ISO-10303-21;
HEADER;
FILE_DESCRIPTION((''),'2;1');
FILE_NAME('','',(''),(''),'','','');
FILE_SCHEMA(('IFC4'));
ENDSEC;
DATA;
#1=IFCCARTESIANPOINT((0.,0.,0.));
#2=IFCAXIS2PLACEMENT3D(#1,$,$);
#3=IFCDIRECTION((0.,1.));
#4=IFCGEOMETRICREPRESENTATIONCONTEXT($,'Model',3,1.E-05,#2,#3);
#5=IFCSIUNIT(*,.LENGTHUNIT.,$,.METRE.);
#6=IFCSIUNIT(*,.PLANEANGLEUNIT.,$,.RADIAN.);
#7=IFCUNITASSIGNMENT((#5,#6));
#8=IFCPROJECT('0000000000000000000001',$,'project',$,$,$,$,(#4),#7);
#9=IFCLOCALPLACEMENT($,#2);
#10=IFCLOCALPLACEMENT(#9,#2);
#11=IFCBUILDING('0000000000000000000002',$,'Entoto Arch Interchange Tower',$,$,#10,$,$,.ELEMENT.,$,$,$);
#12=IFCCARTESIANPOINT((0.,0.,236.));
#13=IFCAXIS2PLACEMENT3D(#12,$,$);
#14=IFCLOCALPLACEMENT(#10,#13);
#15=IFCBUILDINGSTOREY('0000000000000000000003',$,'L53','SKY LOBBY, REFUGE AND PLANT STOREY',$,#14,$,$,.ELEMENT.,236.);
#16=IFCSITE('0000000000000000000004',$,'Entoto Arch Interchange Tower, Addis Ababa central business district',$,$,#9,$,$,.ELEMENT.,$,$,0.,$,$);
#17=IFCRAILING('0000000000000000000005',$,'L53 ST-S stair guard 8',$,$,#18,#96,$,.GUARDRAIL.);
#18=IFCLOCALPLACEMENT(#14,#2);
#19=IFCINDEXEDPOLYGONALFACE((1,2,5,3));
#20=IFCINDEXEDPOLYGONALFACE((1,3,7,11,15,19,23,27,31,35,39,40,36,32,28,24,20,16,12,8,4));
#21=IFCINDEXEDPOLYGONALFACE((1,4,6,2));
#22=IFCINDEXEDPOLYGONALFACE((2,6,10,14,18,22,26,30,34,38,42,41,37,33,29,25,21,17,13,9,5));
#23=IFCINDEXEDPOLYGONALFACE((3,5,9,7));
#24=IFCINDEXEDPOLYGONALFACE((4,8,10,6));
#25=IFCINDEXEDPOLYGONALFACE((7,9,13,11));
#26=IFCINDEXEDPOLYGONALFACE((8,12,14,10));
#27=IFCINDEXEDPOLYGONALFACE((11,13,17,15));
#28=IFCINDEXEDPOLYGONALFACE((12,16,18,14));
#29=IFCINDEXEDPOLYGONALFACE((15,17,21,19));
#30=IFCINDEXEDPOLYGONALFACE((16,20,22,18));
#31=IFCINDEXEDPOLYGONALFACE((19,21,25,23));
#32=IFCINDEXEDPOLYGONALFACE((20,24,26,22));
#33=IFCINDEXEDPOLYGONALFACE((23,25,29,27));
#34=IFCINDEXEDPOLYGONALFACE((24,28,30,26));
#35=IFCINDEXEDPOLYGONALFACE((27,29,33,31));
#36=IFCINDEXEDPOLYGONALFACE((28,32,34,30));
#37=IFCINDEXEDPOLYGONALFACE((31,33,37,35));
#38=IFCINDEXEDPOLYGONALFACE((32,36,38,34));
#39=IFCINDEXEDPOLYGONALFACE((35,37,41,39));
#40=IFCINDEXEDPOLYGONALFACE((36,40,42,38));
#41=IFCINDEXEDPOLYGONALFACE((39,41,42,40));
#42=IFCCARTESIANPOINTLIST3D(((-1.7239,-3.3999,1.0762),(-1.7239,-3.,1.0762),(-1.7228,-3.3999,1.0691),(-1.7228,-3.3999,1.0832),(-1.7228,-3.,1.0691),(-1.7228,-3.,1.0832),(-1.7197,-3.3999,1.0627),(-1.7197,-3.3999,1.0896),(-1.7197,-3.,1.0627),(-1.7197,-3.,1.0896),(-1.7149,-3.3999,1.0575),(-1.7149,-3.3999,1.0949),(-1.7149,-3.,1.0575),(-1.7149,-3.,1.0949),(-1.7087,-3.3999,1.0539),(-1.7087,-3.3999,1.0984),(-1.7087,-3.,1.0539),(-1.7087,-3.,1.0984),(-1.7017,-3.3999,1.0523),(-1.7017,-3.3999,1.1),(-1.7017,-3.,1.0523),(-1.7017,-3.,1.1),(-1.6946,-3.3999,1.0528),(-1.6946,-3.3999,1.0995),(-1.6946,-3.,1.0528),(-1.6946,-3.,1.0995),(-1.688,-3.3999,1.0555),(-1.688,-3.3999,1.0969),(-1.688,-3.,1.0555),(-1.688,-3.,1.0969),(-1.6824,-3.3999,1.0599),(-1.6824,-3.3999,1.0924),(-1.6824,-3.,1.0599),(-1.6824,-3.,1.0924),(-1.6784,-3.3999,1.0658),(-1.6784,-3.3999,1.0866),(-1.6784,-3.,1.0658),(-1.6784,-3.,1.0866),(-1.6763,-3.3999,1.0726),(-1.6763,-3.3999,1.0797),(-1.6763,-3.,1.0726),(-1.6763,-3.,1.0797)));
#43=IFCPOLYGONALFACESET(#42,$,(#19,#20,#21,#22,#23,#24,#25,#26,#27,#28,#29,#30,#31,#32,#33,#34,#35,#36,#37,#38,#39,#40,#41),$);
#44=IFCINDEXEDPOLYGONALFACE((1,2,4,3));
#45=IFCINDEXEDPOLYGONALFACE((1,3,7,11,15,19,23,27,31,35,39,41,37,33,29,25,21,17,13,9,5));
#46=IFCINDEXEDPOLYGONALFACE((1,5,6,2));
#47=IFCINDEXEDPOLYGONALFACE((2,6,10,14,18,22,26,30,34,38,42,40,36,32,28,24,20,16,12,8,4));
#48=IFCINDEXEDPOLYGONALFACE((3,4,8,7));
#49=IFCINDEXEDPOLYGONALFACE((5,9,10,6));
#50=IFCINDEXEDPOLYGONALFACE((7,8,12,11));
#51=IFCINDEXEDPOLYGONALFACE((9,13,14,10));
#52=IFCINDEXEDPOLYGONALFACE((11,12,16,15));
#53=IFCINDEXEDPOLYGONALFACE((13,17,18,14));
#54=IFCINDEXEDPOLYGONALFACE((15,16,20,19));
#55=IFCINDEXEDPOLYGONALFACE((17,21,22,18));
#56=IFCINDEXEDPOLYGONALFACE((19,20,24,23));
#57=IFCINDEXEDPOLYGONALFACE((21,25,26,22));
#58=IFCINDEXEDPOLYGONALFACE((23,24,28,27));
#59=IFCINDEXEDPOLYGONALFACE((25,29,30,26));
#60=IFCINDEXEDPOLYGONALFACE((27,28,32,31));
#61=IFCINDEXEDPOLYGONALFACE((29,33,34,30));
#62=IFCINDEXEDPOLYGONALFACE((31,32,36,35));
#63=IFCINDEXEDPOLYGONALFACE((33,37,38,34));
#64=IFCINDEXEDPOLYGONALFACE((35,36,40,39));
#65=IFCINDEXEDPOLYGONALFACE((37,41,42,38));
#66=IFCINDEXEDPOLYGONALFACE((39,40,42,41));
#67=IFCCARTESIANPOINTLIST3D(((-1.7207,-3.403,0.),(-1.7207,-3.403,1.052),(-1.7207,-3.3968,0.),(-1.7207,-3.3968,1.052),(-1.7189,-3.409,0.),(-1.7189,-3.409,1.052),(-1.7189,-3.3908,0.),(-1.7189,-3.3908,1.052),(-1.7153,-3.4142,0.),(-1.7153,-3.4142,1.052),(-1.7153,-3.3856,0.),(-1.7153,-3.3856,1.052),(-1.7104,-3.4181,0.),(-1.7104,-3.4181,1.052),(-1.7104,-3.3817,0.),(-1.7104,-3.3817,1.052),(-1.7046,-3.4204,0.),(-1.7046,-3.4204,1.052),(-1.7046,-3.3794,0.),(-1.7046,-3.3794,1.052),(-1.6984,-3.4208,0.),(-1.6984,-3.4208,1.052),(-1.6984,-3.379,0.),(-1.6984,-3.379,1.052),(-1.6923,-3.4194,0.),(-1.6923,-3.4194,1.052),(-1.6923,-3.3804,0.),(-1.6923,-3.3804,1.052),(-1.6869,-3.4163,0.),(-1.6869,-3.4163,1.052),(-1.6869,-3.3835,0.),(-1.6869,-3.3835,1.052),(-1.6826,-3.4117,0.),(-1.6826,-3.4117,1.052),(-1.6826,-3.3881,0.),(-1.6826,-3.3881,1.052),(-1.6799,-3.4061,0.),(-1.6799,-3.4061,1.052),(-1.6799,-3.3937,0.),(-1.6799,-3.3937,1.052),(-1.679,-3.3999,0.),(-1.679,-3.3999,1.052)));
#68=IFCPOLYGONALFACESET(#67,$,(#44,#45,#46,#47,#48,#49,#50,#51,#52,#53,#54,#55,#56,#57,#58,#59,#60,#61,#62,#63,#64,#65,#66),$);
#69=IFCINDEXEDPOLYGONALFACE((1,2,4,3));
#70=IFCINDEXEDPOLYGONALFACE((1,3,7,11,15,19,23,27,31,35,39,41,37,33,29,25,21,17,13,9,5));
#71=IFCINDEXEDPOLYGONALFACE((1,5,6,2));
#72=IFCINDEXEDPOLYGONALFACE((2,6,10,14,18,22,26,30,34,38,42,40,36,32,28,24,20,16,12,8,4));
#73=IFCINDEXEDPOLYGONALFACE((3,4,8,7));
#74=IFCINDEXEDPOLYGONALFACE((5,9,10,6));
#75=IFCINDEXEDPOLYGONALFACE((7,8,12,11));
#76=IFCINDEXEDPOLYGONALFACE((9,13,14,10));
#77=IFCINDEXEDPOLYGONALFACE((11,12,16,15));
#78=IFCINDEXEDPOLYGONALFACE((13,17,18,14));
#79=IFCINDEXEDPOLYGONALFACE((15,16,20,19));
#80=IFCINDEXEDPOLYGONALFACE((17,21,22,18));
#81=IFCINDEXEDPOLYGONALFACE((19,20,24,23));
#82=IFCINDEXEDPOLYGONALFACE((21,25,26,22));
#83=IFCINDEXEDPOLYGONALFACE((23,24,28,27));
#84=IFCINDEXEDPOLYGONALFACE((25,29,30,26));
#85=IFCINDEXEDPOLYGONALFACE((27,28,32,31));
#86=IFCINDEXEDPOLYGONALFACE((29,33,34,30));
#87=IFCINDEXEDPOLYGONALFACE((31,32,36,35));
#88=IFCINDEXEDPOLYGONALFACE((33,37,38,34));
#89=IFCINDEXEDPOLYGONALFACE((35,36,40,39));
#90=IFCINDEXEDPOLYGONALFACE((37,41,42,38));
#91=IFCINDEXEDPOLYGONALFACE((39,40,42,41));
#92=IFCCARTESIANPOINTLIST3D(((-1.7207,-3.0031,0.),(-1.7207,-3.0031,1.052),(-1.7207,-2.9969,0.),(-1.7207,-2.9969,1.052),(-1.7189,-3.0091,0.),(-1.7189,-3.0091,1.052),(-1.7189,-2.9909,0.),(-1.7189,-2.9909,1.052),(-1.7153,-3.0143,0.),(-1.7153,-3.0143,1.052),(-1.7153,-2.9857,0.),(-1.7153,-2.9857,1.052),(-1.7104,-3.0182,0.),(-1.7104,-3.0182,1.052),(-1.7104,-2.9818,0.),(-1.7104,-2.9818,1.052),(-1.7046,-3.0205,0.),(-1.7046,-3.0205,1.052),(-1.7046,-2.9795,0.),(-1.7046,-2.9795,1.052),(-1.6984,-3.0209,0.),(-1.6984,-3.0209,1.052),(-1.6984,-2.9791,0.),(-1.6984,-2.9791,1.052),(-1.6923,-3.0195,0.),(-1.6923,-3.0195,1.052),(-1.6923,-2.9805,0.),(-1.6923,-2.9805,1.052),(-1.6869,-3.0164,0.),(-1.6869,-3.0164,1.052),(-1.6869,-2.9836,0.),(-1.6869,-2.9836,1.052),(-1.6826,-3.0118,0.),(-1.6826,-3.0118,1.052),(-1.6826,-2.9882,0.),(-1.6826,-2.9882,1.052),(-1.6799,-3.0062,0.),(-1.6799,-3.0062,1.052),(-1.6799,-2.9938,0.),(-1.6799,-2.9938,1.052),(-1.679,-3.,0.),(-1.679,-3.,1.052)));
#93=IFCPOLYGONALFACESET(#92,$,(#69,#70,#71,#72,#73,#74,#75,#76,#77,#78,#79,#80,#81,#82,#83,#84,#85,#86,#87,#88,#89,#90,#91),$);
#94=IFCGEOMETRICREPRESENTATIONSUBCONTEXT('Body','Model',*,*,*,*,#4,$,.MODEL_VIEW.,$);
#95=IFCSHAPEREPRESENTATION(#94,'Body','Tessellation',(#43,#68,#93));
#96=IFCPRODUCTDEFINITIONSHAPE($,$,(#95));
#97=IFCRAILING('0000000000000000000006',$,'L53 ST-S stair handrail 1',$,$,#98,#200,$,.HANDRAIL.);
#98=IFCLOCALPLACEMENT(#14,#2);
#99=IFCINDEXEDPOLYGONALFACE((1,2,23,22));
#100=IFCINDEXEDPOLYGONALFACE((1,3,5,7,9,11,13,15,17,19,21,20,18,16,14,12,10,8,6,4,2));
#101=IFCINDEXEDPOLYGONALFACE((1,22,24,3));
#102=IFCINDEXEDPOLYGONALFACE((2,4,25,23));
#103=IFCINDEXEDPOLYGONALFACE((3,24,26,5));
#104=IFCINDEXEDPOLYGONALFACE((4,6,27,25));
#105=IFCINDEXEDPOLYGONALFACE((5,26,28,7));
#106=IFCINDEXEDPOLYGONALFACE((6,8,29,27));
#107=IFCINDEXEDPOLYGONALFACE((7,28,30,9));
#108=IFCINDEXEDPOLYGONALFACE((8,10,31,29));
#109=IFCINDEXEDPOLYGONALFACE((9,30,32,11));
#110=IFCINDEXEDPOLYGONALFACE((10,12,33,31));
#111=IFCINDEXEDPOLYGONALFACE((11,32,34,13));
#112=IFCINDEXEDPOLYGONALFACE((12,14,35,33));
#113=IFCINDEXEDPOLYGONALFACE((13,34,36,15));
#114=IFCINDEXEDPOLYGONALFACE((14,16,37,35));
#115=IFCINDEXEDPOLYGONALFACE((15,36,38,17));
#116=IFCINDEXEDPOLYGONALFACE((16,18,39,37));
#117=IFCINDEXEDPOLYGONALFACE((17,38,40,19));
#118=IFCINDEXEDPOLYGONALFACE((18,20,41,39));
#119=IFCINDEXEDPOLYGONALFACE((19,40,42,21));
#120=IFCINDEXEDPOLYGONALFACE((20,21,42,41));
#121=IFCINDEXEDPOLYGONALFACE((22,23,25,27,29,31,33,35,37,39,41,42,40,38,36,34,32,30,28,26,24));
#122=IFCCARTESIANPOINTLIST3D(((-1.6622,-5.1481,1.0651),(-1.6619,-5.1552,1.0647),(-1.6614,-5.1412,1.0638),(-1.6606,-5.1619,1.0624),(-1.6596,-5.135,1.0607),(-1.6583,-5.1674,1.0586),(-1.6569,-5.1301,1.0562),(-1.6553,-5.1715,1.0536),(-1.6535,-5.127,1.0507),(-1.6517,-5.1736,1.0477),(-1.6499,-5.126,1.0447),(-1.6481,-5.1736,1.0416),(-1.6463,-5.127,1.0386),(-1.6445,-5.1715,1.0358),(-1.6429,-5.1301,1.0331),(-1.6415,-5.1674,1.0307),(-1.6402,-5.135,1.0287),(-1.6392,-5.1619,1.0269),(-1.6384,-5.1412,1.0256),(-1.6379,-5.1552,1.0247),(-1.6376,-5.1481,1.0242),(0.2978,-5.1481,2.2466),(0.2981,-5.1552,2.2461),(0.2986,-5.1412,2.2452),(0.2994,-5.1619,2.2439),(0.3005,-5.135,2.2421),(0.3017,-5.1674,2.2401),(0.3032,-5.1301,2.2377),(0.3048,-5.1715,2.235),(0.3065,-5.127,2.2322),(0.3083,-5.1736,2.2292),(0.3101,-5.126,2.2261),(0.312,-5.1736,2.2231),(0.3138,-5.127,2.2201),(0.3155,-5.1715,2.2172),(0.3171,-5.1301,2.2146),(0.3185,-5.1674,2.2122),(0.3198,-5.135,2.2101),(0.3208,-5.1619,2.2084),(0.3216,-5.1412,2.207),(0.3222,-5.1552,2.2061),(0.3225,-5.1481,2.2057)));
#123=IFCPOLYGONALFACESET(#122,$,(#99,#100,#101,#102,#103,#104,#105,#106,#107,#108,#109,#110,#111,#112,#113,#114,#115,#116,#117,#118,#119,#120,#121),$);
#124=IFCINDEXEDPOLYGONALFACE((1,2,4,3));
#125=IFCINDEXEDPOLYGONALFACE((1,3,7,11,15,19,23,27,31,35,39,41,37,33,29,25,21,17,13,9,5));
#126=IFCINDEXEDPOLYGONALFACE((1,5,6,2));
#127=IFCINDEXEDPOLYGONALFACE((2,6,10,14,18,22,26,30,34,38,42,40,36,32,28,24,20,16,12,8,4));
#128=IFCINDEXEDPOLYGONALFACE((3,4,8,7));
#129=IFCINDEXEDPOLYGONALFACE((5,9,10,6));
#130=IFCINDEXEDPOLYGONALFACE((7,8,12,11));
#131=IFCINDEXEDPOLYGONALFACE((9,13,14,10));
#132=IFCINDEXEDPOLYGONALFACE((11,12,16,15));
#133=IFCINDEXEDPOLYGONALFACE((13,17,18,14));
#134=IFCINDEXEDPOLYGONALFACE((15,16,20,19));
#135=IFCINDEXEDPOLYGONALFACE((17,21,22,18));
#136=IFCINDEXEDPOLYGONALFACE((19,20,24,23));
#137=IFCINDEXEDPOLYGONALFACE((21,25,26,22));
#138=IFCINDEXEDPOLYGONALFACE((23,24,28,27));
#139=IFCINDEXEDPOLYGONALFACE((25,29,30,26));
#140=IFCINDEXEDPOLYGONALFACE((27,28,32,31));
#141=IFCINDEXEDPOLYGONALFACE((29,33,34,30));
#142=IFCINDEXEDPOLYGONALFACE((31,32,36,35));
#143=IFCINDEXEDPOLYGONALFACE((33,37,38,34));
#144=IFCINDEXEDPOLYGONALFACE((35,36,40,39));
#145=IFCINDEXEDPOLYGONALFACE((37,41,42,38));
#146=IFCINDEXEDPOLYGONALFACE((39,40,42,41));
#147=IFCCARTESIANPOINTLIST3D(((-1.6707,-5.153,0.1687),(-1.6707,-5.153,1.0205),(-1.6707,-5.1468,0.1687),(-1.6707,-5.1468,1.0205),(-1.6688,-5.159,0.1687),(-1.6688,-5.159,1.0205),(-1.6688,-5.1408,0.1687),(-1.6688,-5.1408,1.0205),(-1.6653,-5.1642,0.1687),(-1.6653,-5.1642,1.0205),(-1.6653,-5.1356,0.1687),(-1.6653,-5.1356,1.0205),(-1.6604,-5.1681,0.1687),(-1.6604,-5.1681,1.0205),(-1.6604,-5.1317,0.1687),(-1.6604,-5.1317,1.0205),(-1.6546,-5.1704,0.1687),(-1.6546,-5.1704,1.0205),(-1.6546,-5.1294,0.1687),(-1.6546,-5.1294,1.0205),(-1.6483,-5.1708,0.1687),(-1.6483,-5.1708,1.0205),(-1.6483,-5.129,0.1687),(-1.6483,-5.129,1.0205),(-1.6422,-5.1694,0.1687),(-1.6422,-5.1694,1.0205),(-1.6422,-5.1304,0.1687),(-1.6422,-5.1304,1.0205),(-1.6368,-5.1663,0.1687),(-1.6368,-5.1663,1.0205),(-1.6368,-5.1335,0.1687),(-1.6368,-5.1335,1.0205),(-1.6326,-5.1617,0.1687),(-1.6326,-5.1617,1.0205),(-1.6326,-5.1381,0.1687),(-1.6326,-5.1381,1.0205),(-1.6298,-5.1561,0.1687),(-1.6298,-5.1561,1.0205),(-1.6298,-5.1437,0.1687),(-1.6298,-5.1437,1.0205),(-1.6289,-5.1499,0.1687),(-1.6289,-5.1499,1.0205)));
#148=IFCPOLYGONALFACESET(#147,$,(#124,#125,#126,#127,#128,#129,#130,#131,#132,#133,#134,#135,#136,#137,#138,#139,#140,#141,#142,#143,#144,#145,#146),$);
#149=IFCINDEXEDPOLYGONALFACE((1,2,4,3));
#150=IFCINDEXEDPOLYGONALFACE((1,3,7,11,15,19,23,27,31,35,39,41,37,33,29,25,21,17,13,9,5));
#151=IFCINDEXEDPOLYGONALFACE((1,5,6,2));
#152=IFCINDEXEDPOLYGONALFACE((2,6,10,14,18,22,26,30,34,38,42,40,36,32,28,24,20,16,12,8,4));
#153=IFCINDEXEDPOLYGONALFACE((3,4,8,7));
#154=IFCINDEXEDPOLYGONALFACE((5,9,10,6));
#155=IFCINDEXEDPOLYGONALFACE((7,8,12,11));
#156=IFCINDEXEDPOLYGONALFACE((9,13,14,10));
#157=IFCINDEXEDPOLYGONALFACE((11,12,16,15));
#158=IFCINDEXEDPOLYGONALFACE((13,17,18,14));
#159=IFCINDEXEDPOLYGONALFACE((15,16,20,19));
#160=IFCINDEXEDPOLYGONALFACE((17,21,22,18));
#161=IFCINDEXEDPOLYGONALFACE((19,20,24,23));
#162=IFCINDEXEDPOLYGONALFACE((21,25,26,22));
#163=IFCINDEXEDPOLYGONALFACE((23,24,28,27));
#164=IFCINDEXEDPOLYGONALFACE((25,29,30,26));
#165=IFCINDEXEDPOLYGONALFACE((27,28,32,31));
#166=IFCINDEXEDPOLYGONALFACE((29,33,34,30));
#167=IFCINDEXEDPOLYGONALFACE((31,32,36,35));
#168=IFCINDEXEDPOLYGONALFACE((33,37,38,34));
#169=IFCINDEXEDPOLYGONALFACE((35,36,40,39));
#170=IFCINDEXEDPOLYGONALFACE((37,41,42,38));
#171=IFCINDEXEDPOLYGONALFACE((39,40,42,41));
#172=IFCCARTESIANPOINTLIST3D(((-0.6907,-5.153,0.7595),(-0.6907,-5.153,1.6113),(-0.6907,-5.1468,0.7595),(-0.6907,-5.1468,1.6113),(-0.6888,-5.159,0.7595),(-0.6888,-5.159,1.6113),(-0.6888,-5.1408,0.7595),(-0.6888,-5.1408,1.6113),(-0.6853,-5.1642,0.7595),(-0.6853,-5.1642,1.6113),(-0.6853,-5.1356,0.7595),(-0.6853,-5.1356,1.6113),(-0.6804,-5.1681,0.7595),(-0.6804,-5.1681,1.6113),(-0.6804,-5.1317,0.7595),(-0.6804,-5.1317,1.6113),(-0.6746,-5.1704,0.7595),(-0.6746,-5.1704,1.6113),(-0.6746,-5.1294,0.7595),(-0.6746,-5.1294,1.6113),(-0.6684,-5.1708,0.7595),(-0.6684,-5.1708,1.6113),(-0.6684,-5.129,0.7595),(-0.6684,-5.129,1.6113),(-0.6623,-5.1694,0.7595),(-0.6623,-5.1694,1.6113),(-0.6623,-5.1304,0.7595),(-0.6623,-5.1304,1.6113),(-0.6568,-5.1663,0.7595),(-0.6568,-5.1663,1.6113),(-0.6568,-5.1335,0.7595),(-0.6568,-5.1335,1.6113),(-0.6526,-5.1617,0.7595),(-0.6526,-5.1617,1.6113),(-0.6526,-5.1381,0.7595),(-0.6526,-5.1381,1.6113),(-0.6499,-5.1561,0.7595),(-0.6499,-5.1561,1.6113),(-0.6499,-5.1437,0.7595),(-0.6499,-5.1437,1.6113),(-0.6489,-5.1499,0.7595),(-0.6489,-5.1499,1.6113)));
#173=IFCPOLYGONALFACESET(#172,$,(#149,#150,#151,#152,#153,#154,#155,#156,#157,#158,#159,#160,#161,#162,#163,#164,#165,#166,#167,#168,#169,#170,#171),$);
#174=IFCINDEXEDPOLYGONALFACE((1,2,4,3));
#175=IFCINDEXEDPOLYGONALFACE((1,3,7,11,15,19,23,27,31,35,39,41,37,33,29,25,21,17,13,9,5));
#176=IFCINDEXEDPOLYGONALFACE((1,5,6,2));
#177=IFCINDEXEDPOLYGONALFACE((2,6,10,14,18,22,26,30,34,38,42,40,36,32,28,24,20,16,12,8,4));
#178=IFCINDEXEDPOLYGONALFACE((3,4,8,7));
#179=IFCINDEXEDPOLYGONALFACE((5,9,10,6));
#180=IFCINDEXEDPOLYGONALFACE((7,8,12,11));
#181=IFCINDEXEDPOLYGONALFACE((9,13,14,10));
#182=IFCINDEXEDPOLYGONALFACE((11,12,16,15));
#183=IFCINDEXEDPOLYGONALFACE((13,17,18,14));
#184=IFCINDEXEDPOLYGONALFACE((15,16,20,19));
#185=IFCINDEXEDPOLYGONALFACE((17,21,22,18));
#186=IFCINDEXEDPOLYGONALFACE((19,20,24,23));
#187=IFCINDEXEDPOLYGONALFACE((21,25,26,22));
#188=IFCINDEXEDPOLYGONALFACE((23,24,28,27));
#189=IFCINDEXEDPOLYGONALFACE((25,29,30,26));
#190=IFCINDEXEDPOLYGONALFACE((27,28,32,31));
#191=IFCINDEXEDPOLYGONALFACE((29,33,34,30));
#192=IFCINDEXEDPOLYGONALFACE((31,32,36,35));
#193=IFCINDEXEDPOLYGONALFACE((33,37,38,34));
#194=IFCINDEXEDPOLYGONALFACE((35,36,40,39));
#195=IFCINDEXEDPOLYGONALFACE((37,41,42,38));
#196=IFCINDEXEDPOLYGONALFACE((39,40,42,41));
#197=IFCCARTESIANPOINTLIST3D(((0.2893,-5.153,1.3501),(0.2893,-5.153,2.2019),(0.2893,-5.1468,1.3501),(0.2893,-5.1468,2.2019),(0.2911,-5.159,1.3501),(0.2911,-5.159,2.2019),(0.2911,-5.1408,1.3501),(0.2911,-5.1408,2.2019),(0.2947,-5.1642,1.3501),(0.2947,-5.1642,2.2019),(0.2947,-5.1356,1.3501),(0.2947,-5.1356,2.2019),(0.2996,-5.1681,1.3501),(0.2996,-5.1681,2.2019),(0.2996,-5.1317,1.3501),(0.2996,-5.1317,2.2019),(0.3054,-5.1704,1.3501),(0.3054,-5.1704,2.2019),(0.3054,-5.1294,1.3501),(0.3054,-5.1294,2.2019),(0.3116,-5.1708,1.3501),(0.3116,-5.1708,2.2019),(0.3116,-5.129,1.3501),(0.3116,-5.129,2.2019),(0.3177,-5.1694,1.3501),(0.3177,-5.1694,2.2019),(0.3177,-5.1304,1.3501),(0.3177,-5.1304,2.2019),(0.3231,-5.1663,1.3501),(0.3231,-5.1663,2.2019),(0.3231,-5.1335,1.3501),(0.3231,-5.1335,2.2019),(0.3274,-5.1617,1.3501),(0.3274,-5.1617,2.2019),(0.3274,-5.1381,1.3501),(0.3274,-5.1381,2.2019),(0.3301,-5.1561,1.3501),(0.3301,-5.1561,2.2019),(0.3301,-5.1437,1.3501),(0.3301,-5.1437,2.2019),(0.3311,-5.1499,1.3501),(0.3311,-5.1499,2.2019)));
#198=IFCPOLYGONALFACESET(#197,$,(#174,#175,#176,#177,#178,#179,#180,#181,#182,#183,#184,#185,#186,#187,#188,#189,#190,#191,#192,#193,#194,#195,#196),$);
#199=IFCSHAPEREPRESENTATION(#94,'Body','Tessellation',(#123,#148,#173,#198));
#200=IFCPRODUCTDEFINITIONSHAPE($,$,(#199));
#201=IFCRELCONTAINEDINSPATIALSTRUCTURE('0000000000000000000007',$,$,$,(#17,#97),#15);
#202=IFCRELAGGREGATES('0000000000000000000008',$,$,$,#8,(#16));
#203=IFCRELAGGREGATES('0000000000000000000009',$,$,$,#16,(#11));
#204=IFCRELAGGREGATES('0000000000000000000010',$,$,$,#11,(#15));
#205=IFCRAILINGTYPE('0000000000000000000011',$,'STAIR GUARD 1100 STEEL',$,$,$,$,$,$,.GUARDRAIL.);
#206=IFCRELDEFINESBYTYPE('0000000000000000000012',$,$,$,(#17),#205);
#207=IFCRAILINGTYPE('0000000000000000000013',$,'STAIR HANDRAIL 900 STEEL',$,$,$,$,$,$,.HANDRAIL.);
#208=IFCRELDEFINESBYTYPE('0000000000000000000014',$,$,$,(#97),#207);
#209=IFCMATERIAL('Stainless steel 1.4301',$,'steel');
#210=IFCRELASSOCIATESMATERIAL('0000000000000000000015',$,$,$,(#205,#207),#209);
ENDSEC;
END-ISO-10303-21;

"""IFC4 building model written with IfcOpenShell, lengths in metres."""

from ifc_helpers import new_model, si_unit, direction, frame, origin, origin_2d, place, context, subcontext, project, spatial, circle, extrude, material, type_object, element, save


model = new_model("IFC4")

# Units and contexts
model_context = context("Model", 3, precision=1e-05, world=origin(), true_north=direction((0.0, 1.0)))
body_context = subcontext(model_context, "Body", "Model", "MODEL_VIEW")
ifc_project = project(units=[si_unit("LENGTHUNIT", "METRE"), si_unit("PLANEANGLEUNIT", "RADIAN")], contexts=[model_context])

# Site, building, storey
site_placement = place(None, origin())
site = spatial("IfcSite", under=ifc_project, at=site_placement, Name="Entoto Arch Interchange Tower, Addis Ababa central business district", CompositionType="ELEMENT", RefElevation=0.0)
building_placement = place(site_placement, origin())
building = spatial("IfcBuilding", under=site, at=building_placement, Name="Entoto Arch Interchange Tower", CompositionType="ELEMENT")
storey_placement = place(building_placement, frame((0.0, 0.0, 236.0)))
storey = spatial("IfcBuildingStorey", under=building, at=storey_placement, Name="L53", Description="SKY LOBBY, REFUGE AND PLANT STOREY", CompositionType="ELEMENT", Elevation=236.0)

# Railings
ifc_material_1 = material(Name="Stainless steel 1.4301", Category="steel")
railing_type_1 = type_object("IfcRailingType", Name="STAIR GUARD 1100 STEEL", PredefinedType="GUARDRAIL", material=ifc_material_1)
railing_1_placement = place(storey_placement, frame((-1.7, -3.3999, 0.0)))
element("IfcRailing", 1, at=railing_1_placement, inside=storey, type_object=railing_type_1, Name="L53 ST-S stair guard 8", PredefinedType="GUARDRAIL", context=body_context, shape_type="SweptSolid", body=[
    extrude(circle(Radius=0.0239, at=origin_2d()), frame((0.0, 0.0, 1.0762), z_axis=(0.0, 1.0, 0.0), x_axis=(-1.0, 0.0, 0.0)), (0.0, 0.0, 1.0), 0.3999),
    extrude(circle(Radius=0.021, at=origin_2d()), origin(), (0.0, 0.0, 1.0), 1.052),
    extrude(circle(Radius=0.021, at=origin_2d()), frame((0.0, 0.3999, 0.0)), (0.0, 0.0, 1.0), 1.052),
])
railing_type_2 = type_object("IfcRailingType", Name="STAIR HANDRAIL 900 STEEL", PredefinedType="HANDRAIL", material=ifc_material_1)
for number, where, name in (
    (2, (-1.6499, -5.1499, 0.1687), "L53 ST-S stair handrail 1"),
):
    element("IfcRailing", number, at=place(storey_placement, frame(where)), inside=storey, type_object=railing_type_2, Name=name, PredefinedType="HANDRAIL", context=body_context, shape_type="SweptSolid", body=[
        extrude(circle(Radius=0.0239, at=origin_2d()), frame((0.0, 0.0, 0.876), z_axis=(0.856446, 0.0, 0.516236), x_axis=(0.0, 1.0, 0.0)), (0.0, 0.0, 1.0), 2.2886),
        extrude(circle(Radius=0.021, at=origin_2d()), origin(), (0.0, 0.0, 1.0), 0.8518),
        extrude(circle(Radius=0.021, at=origin_2d()), frame((0.98, 0.0, 0.5908)), (0.0, 0.0, 1.0), 0.8518),
        extrude(circle(Radius=0.021, at=origin_2d()), frame((1.96, 0.0, 1.1814)), (0.0, 0.0, 1.0), 0.8518),
    ])

save(model, "model.ifc")
